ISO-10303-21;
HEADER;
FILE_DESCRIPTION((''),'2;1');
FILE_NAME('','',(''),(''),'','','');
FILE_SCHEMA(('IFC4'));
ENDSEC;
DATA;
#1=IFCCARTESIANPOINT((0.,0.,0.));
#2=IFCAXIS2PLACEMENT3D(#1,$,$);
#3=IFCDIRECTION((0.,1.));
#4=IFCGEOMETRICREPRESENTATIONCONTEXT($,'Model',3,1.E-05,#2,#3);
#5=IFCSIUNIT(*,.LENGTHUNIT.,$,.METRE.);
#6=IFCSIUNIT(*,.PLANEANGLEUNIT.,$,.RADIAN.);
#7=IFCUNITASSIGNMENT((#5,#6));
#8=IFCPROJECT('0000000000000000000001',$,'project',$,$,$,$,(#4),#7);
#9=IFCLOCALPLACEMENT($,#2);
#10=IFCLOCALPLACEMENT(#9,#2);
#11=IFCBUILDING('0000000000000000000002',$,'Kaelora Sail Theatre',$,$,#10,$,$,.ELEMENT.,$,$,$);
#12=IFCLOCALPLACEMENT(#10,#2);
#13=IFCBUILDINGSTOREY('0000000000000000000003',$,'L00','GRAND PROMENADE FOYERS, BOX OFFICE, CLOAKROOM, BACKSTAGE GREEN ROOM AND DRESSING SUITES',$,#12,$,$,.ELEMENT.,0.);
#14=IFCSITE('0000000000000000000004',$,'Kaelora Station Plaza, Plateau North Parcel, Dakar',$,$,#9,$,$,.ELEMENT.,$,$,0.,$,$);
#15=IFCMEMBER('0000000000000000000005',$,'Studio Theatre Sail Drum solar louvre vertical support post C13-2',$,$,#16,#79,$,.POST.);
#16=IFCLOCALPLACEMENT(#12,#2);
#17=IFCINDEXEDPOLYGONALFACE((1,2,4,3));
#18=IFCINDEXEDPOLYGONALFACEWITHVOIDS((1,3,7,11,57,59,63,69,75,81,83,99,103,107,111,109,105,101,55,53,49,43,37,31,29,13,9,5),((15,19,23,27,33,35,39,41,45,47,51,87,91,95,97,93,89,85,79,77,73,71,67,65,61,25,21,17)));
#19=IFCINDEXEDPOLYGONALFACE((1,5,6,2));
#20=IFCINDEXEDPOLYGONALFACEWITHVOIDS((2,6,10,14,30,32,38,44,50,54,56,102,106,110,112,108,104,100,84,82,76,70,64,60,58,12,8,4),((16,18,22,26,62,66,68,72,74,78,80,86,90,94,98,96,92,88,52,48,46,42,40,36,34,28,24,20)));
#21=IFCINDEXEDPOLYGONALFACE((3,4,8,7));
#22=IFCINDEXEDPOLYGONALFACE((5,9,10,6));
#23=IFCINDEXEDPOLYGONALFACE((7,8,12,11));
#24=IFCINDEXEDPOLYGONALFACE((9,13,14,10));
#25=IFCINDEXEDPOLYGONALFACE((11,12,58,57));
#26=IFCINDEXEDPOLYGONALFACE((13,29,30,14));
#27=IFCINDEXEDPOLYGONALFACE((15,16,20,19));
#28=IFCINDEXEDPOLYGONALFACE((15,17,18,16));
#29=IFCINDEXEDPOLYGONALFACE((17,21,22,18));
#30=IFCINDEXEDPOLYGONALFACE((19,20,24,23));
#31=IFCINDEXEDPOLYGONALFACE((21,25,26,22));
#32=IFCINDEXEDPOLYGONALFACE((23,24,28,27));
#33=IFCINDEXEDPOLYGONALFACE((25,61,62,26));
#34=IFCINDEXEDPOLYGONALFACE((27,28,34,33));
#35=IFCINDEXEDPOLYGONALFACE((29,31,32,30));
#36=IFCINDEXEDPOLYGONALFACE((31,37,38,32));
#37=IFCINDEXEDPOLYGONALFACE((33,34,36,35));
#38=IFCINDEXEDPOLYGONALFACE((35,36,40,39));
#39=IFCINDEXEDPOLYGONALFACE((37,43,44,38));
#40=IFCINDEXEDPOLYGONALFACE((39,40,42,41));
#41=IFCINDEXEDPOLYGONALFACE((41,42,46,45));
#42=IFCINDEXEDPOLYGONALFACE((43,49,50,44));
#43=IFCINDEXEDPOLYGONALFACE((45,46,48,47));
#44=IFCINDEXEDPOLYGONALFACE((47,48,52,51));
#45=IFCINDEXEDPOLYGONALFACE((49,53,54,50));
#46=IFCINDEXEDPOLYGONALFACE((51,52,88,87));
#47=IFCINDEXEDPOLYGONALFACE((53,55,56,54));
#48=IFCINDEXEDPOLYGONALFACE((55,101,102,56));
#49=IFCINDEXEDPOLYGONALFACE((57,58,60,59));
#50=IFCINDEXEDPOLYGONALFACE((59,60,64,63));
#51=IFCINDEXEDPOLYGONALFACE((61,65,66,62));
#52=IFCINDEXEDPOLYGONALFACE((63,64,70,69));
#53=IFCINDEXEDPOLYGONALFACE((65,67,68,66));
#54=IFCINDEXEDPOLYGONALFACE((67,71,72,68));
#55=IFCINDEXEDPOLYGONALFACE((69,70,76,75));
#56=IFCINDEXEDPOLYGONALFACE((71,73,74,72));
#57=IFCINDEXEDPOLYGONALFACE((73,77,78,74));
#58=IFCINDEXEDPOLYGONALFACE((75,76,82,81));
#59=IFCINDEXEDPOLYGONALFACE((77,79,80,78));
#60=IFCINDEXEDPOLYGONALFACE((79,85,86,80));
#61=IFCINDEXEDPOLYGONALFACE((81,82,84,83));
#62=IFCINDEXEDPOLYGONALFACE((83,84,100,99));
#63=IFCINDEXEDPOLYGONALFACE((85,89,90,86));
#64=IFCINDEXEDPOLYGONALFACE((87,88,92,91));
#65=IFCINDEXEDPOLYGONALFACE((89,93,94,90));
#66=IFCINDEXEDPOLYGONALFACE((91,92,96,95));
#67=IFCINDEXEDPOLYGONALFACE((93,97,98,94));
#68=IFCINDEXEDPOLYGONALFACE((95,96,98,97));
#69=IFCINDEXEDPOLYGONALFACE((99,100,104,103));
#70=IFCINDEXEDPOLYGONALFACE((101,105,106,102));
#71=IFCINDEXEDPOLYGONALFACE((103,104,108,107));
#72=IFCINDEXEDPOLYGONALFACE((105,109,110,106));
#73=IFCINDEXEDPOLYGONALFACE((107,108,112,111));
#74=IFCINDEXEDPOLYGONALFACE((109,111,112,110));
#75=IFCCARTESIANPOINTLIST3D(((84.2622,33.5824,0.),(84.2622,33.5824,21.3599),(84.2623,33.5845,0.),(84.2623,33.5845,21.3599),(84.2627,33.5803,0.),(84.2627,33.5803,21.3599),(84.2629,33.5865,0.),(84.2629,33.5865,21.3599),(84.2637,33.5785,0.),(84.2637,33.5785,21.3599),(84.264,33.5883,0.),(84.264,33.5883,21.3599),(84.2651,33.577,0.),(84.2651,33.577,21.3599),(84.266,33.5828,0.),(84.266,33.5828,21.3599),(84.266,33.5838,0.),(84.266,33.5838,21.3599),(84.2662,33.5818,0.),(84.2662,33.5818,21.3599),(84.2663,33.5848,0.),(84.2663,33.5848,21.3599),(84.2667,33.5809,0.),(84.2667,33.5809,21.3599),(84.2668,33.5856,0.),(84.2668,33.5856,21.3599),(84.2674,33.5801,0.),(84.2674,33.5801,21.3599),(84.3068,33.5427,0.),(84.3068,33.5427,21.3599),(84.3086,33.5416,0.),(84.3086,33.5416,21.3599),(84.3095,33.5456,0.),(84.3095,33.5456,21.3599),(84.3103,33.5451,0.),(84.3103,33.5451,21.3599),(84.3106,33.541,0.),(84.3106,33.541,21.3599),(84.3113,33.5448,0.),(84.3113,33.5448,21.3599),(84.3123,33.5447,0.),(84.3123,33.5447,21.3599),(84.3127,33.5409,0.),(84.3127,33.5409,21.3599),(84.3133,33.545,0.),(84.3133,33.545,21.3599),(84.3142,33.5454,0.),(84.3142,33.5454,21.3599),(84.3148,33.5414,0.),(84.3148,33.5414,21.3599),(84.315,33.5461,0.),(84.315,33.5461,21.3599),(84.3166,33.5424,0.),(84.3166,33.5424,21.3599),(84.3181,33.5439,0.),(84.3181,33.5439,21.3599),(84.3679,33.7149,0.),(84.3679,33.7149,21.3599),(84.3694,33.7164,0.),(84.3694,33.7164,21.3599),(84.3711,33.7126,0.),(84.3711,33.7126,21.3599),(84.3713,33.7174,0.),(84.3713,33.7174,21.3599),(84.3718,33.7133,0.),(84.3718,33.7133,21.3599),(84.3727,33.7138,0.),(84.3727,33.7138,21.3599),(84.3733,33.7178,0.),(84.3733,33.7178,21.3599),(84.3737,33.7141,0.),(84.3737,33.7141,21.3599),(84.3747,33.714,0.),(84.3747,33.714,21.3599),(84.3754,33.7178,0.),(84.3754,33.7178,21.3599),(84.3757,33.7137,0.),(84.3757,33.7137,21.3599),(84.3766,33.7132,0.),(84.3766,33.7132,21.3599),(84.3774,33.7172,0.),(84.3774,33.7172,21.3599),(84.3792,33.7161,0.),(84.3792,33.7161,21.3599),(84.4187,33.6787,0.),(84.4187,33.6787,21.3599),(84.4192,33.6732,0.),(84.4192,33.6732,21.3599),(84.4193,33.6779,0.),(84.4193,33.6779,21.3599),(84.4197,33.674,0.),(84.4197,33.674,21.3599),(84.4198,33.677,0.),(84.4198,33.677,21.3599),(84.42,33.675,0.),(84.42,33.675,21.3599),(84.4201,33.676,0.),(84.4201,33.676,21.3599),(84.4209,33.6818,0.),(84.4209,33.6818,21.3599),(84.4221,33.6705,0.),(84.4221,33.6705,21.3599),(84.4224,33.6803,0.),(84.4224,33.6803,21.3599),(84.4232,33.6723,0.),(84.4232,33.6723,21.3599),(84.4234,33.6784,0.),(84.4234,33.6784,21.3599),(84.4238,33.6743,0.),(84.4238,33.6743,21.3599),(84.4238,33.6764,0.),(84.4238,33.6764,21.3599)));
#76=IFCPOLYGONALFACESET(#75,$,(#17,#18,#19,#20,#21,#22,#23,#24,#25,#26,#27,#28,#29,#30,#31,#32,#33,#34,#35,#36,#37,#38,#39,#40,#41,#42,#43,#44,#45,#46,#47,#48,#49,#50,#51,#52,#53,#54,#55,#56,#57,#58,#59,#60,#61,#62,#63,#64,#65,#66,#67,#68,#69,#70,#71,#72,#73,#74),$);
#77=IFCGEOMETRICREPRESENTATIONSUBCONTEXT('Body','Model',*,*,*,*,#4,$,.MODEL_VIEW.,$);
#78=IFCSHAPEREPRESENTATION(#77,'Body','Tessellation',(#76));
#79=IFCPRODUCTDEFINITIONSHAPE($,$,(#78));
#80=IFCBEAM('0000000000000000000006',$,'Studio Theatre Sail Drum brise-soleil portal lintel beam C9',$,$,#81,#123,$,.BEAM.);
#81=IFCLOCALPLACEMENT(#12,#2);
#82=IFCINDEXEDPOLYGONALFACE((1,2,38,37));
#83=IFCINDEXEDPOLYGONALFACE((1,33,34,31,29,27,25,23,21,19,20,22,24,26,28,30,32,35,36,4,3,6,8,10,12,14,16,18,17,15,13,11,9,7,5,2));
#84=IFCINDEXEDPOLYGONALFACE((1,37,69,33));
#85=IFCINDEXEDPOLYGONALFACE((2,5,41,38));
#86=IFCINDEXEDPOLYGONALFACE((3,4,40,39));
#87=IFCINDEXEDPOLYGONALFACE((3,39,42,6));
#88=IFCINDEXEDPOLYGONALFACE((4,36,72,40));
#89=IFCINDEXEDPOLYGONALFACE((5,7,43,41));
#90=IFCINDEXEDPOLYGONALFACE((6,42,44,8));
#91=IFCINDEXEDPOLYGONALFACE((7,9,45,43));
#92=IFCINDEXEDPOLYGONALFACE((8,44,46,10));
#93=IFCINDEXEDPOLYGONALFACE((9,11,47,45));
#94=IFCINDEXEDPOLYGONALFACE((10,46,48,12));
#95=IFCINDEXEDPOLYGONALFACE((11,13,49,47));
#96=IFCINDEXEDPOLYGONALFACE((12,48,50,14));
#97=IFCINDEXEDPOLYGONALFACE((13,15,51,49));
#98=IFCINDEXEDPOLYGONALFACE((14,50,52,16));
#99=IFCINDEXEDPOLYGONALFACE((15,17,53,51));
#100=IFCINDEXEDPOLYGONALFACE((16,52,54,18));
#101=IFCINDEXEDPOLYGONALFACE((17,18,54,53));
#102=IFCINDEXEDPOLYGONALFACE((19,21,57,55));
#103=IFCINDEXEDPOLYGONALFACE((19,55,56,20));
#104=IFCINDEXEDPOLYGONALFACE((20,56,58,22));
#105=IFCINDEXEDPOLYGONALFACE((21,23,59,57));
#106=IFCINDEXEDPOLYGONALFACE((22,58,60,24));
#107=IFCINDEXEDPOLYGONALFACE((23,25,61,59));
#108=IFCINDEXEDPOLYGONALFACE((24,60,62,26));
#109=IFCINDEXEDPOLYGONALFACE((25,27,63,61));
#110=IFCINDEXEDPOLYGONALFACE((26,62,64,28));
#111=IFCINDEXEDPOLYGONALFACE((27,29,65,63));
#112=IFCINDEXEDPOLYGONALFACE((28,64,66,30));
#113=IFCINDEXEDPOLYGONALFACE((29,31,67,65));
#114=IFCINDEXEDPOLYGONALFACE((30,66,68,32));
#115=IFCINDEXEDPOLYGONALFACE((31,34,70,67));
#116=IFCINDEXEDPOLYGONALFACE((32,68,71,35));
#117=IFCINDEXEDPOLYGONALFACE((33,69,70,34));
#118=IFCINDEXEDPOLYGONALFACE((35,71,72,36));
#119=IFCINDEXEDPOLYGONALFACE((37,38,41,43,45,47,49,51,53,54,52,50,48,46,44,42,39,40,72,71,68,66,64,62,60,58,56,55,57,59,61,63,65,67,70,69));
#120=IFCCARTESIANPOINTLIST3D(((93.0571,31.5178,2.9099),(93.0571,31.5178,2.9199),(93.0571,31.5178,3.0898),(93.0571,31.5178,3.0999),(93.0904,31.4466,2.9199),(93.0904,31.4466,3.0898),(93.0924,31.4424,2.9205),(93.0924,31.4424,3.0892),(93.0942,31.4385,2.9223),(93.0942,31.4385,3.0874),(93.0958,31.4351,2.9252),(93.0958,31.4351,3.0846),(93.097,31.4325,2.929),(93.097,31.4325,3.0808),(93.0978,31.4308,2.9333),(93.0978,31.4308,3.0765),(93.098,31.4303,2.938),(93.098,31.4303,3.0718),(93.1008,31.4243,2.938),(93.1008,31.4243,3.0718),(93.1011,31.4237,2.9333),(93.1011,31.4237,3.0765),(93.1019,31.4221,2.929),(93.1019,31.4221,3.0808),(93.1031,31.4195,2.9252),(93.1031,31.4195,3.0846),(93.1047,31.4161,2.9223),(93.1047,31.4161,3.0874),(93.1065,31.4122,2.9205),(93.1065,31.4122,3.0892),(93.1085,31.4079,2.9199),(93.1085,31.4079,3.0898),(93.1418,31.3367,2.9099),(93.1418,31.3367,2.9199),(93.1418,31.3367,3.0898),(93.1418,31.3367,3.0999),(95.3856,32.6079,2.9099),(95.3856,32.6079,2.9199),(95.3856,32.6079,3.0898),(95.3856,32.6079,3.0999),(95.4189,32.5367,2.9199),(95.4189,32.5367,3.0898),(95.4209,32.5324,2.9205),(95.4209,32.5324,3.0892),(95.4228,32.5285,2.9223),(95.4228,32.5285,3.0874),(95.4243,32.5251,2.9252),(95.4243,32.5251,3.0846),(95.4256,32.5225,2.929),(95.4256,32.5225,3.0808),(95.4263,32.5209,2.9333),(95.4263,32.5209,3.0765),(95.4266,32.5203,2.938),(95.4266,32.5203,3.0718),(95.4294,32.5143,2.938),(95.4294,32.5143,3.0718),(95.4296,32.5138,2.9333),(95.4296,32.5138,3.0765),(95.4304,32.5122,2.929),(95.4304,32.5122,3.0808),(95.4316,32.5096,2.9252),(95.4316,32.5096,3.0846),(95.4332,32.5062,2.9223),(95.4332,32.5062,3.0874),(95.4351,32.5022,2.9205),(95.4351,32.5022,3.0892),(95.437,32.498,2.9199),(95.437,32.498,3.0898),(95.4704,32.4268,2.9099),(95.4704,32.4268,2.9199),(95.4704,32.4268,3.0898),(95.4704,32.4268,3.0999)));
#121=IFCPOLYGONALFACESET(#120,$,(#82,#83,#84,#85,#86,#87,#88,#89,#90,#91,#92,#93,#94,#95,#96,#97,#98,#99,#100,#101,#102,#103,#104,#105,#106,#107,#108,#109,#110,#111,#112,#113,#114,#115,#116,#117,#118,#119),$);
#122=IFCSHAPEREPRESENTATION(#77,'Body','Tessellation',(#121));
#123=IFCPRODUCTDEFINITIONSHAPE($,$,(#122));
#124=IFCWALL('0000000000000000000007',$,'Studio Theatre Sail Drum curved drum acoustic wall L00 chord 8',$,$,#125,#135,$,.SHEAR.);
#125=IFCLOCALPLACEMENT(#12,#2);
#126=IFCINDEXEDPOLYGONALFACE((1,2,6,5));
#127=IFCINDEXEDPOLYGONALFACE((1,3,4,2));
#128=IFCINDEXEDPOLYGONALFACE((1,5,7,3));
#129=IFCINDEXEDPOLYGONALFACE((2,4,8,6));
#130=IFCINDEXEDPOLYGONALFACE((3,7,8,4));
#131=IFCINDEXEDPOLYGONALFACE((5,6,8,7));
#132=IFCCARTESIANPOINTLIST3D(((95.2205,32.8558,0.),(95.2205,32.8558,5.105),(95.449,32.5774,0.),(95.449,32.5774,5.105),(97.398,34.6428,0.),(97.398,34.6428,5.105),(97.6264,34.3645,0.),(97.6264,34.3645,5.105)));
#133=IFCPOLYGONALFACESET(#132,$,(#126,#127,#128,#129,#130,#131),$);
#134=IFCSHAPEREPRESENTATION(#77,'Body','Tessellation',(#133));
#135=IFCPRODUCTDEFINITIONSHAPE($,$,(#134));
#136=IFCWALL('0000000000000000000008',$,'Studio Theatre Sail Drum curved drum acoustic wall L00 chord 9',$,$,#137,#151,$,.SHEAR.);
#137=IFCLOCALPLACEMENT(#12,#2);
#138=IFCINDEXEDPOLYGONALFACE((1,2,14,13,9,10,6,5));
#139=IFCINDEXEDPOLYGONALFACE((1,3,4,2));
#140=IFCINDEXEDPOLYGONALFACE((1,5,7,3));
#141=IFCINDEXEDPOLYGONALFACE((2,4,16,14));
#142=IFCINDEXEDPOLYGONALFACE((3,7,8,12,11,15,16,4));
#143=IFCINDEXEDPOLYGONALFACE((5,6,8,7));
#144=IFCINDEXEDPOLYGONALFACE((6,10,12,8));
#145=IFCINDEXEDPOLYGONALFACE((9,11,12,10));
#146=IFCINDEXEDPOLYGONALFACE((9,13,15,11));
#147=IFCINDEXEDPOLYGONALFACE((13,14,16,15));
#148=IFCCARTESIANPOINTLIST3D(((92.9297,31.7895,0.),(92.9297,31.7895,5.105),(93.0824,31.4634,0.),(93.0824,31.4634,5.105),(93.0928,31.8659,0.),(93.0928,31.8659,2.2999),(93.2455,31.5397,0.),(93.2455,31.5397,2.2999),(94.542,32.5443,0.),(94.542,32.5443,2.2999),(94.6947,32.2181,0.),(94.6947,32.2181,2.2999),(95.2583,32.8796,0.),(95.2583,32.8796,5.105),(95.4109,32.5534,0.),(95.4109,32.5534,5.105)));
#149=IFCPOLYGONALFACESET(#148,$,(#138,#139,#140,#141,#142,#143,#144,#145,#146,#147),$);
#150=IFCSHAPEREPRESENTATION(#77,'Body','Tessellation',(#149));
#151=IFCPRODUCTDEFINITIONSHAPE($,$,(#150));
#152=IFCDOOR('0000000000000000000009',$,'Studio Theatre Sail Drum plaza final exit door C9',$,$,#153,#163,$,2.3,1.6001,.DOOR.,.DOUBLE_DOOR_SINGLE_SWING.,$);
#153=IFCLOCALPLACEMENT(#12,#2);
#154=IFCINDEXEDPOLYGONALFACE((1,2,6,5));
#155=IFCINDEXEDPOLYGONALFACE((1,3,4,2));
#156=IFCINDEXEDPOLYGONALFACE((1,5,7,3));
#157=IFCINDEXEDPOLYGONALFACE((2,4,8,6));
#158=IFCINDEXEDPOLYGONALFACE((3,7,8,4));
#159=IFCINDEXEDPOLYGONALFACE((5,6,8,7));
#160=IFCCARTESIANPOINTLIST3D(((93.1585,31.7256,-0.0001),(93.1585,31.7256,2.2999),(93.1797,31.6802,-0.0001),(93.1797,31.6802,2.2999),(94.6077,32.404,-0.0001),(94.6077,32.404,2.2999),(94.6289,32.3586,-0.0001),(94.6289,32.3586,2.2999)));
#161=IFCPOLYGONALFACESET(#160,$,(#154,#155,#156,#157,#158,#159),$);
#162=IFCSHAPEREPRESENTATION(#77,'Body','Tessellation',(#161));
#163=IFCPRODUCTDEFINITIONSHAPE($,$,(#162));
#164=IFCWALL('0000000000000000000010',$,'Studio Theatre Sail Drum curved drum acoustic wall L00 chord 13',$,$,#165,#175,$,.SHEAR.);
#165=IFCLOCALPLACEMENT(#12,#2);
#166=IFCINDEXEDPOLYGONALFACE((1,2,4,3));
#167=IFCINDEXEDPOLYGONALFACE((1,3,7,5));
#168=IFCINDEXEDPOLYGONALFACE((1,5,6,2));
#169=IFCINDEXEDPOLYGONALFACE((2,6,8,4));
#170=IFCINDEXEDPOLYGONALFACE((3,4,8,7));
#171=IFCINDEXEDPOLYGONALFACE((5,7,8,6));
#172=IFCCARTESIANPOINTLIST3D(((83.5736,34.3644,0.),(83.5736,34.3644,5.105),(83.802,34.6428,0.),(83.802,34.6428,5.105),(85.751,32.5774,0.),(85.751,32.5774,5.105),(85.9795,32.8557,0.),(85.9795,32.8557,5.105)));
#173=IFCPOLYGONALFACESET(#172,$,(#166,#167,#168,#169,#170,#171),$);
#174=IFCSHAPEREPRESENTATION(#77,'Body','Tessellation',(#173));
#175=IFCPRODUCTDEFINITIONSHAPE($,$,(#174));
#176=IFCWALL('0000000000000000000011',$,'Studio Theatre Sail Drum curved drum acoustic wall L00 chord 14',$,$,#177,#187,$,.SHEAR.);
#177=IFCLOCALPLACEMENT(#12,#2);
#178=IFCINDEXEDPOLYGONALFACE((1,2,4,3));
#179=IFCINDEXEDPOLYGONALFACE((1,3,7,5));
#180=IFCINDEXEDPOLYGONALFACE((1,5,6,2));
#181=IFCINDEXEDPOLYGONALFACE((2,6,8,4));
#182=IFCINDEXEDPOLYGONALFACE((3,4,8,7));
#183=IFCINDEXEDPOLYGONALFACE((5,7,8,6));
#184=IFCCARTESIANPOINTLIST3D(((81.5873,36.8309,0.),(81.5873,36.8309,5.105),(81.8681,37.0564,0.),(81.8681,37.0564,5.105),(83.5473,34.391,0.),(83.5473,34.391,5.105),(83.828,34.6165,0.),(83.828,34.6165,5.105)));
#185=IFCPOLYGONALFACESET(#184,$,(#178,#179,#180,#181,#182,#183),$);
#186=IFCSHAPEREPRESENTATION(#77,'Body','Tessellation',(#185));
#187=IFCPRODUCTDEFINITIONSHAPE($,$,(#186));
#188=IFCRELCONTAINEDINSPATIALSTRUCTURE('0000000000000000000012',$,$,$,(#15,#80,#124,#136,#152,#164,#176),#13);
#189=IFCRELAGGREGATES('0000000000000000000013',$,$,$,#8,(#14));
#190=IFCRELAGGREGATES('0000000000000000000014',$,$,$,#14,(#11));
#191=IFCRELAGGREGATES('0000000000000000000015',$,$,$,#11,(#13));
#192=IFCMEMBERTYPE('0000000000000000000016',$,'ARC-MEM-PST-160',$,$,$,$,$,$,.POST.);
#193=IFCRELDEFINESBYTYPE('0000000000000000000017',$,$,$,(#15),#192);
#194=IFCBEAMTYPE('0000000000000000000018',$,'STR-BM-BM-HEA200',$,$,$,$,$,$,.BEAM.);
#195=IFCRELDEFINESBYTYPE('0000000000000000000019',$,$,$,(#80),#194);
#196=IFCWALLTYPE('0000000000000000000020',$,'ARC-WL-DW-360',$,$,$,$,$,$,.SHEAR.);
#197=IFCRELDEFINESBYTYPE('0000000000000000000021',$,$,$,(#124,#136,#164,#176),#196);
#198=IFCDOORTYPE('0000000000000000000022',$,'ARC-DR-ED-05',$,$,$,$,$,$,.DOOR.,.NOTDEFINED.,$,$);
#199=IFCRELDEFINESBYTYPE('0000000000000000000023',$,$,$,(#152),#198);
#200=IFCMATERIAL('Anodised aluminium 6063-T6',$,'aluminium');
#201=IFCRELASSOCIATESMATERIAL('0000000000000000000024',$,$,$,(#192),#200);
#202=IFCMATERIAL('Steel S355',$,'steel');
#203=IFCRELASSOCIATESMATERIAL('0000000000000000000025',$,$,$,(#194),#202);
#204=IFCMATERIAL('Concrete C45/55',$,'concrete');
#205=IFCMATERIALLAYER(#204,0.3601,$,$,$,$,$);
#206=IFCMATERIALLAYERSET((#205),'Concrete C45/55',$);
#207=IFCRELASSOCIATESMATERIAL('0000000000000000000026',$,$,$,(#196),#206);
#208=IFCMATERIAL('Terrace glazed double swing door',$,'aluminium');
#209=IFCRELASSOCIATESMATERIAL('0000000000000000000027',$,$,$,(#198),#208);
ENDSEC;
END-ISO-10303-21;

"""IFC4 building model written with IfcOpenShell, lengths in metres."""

from ifc_helpers import new_model, si_unit, direction, frame, frame_2d, origin, origin_2d, place, context, subcontext, project, spatial, rectangle, hollow_rectangle, i_section, extrude, material, layer, layer_set, material_profile, profile_set, type_object, element, fill, save


model = new_model("IFC4")

# Units and contexts
model_context = context("Model", 3, precision=1e-05, world=origin(), true_north=direction((0.0, 1.0)))
body_context = subcontext(model_context, "Body", "Model", "MODEL_VIEW")
ifc_project = project(units=[si_unit("LENGTHUNIT", "METRE"), si_unit("PLANEANGLEUNIT", "RADIAN")], contexts=[model_context])

# Site, building, storey
site_placement = place(None, origin())
site = spatial("IfcSite", under=ifc_project, at=site_placement, Name="Kaelora Station Plaza, Plateau North Parcel, Dakar", CompositionType="ELEMENT", RefElevation=0.0)
building_placement = place(site_placement, origin())
building = spatial("IfcBuilding", under=site, at=building_placement, Name="Kaelora Sail Theatre", CompositionType="ELEMENT")
storey_placement = place(building_placement, origin())
storey = spatial("IfcBuildingStorey", under=building, at=storey_placement, Name="L00", Description="GRAND PROMENADE FOYERS, BOX OFFICE, CLOAKROOM, BACKSTAGE GREEN ROOM AND DRESSING SUITES", CompositionType="ELEMENT", Elevation=0.0)

# Member
ifc_material_1 = material(Name="Anodised aluminium 6063-T6", Category="aluminium")
ifc_material_profile_1 = material_profile(ifc_material_1, hollow_rectangle(XDim=0.0701, YDim=0.1799, WallThickness=0.0039, InnerFilletRadius=0.0039, OuterFilletRadius=0.0081, at=origin_2d()), Name="ALU-MULL 70x180x4")
ifc_profile_set_1 = profile_set([ifc_material_profile_1], Name="Anodised aluminium 6063-T6")
member_type_1 = type_object("IfcMemberType", Name="ARC-MEM-PST-160", PredefinedType="POST", material=ifc_profile_set_1)
for number, where, z_axis, x_axis, name in (
    (1, (84.343, 33.6294, 0.0), (0.0, 0.0, 1.0), (-0.773066, 0.634326, 0.0), "Studio Theatre Sail Drum solar louvre vertical support post C13-2"),
):
    element("IfcMember", number, at=place(storey_placement, frame(where, z_axis=z_axis, x_axis=x_axis)), inside=storey, type_object=member_type_1, Name=name, PredefinedType="POST", context=body_context, shape_type="SweptSolid", body=[
        extrude(hollow_rectangle(XDim=0.0701, YDim=0.1799, WallThickness=0.0039, InnerFilletRadius=0.0039, OuterFilletRadius=0.0081, at=origin_2d()), origin(), (0.0, 0.0, 1.0), 21.3599),
    ])

# Beam
ifc_material_2 = material(Name="Steel S355", Category="steel")
ifc_material_profile_2 = material_profile(ifc_material_2, i_section(OverallWidth=0.2, OverallDepth=0.1899, WebThickness=0.0066, FlangeThickness=0.01, FilletRadius=0.0181, at=origin_2d()), Name="HEA 200")
ifc_profile_set_2 = profile_set([ifc_material_profile_2], Name="Steel S355")
beam_type = type_object("IfcBeamType", Name="STR-BM-BM-HEA200", PredefinedType="BEAM", material=ifc_profile_set_2)
beam_placement = place(storey_placement, frame((95.428, 32.5173, 3.0049), z_axis=(-0.905675, -0.423972, 0.0), x_axis=(0.423972, -0.905675, 0.0)))
element("IfcBeam", 2, at=beam_placement, inside=storey, type_object=beam_type, Name="Studio Theatre Sail Drum brise-soleil portal lintel beam C9", PredefinedType="BEAM", context=body_context, shape_type="SweptSolid", body=[
    extrude(i_section(OverallWidth=0.2, OverallDepth=0.1899, WebThickness=0.0066, FlangeThickness=0.01, FilletRadius=0.0181, at=origin_2d()), origin(), (0.0, 0.0, 1.0), 2.571),
])

# Wall
ifc_material_3 = material(Name="Concrete C45/55", Category="concrete")
ifc_layer = layer(ifc_material_3, 0.3601)
ifc_layer_set = layer_set([ifc_layer], Name="Concrete C45/55")
wall_type = type_object("IfcWallType", Name="ARC-WL-DW-360", PredefinedType="SHEAR", material=ifc_layer_set)
wall_1_placement = place(storey_placement, frame((97.5122, 34.5037, 0.0), z_axis=(0.0, 0.0, 1.0), x_axis=(-0.772995, -0.634412, 0.0)))
element("IfcWall", 3, at=wall_1_placement, inside=storey, type_object=wall_type, Name="Studio Theatre Sail Drum curved drum acoustic wall L00 chord 8", PredefinedType="SHEAR", context=body_context, shape_type="SweptSolid", body=[
    extrude(rectangle(XDim=2.8169, YDim=0.3601, at=frame_2d((1.4084, 0.0))), origin(), (0.0, 0.0, 1.0), 5.105),
])

# Wall, opening, door
wall_2_placement = place(storey_placement, frame((95.3347, 32.7166, 0.0), z_axis=(0.0, 0.0, 1.0), x_axis=(-0.905675, -0.423972, 0.0)))
wall_2 = element("IfcWall", 4, at=wall_2_placement, inside=storey, type_object=wall_type, Name="Studio Theatre Sail Drum curved drum acoustic wall L00 chord 9", PredefinedType="SHEAR", context=body_context, shape_type="SweptSolid", body=[
    extrude(rectangle(XDim=2.571, YDim=0.3601, at=frame_2d((1.2856, 0.0))), origin(), (0.0, 0.0, 1.0), 5.105),
])
opening_placement = place(wall_2_placement, frame((0.791, 0.0, 0.0)))
opening = element("IfcOpeningElement", 5, at=opening_placement, cuts=wall_2, PredefinedType="OPENING", context=body_context, shape_type="SweptSolid", body=[
    extrude(rectangle(XDim=1.6001, YDim=2.3, at=frame_2d((0.8, 1.1499))), frame((0.0, 0.1902, 0.0), z_axis=(0.0, -1.0, 0.0), x_axis=(1.0, 0.0, 0.0)), (0.0, 0.0, 1.0), 0.3801),
])
ifc_material_4 = material(Name="Terrace glazed double swing door", Category="aluminium")
door_type = type_object("IfcDoorType", Name="ARC-DR-ED-05", OperationType="NOTDEFINED", PredefinedType="DOOR", material=ifc_material_4)
door_placement = place(opening_placement, origin())
door = element("IfcDoor", 6, at=door_placement, inside=storey, type_object=door_type, Name="Studio Theatre Sail Drum plaza final exit door C9", OperationType="DOUBLE_DOOR_SINGLE_SWING", OverallHeight=2.3, OverallWidth=1.6001, PredefinedType="DOOR", context=body_context, shape_type="SweptSolid", body=[
    extrude(rectangle(XDim=1.6001, YDim=2.3, at=frame_2d((0.8, 1.1499))), frame((0.0, 0.0249, 0.0), z_axis=(0.0, -1.0, 0.0), x_axis=(1.0, 0.0, 0.0)), (0.0, 0.0, 1.0), 0.05),
])
fill(opening, door)

# Walls
wall_3_placement = place(storey_placement, frame((85.8652, 32.7166, 0.0), z_axis=(0.0, 0.0, 1.0), x_axis=(-0.772995, 0.634412, 0.0)))
element("IfcWall", 7, at=wall_3_placement, inside=storey, type_object=wall_type, Name="Studio Theatre Sail Drum curved drum acoustic wall L00 chord 13", PredefinedType="SHEAR", context=body_context, shape_type="SweptSolid", body=[
    extrude(rectangle(XDim=2.8169, YDim=0.3601, at=frame_2d((1.4084, 0.0))), origin(), (0.0, 0.0, 1.0), 5.105),
])
wall_4_placement = place(storey_placement, frame((83.6877, 34.5037, 0.0), z_axis=(0.0, 0.0, 1.0), x_axis=(-0.626254, 0.779619, 0.0)))
element("IfcWall", 8, at=wall_4_placement, inside=storey, type_object=wall_type, Name="Studio Theatre Sail Drum curved drum acoustic wall L00 chord 14", PredefinedType="SHEAR", context=body_context, shape_type="SweptSolid", body=[
    extrude(rectangle(XDim=3.1296, YDim=0.3601, at=frame_2d((1.5649, 0.0))), origin(), (0.0, 0.0, 1.0), 5.105),
])

save(model, "model.ifc")
